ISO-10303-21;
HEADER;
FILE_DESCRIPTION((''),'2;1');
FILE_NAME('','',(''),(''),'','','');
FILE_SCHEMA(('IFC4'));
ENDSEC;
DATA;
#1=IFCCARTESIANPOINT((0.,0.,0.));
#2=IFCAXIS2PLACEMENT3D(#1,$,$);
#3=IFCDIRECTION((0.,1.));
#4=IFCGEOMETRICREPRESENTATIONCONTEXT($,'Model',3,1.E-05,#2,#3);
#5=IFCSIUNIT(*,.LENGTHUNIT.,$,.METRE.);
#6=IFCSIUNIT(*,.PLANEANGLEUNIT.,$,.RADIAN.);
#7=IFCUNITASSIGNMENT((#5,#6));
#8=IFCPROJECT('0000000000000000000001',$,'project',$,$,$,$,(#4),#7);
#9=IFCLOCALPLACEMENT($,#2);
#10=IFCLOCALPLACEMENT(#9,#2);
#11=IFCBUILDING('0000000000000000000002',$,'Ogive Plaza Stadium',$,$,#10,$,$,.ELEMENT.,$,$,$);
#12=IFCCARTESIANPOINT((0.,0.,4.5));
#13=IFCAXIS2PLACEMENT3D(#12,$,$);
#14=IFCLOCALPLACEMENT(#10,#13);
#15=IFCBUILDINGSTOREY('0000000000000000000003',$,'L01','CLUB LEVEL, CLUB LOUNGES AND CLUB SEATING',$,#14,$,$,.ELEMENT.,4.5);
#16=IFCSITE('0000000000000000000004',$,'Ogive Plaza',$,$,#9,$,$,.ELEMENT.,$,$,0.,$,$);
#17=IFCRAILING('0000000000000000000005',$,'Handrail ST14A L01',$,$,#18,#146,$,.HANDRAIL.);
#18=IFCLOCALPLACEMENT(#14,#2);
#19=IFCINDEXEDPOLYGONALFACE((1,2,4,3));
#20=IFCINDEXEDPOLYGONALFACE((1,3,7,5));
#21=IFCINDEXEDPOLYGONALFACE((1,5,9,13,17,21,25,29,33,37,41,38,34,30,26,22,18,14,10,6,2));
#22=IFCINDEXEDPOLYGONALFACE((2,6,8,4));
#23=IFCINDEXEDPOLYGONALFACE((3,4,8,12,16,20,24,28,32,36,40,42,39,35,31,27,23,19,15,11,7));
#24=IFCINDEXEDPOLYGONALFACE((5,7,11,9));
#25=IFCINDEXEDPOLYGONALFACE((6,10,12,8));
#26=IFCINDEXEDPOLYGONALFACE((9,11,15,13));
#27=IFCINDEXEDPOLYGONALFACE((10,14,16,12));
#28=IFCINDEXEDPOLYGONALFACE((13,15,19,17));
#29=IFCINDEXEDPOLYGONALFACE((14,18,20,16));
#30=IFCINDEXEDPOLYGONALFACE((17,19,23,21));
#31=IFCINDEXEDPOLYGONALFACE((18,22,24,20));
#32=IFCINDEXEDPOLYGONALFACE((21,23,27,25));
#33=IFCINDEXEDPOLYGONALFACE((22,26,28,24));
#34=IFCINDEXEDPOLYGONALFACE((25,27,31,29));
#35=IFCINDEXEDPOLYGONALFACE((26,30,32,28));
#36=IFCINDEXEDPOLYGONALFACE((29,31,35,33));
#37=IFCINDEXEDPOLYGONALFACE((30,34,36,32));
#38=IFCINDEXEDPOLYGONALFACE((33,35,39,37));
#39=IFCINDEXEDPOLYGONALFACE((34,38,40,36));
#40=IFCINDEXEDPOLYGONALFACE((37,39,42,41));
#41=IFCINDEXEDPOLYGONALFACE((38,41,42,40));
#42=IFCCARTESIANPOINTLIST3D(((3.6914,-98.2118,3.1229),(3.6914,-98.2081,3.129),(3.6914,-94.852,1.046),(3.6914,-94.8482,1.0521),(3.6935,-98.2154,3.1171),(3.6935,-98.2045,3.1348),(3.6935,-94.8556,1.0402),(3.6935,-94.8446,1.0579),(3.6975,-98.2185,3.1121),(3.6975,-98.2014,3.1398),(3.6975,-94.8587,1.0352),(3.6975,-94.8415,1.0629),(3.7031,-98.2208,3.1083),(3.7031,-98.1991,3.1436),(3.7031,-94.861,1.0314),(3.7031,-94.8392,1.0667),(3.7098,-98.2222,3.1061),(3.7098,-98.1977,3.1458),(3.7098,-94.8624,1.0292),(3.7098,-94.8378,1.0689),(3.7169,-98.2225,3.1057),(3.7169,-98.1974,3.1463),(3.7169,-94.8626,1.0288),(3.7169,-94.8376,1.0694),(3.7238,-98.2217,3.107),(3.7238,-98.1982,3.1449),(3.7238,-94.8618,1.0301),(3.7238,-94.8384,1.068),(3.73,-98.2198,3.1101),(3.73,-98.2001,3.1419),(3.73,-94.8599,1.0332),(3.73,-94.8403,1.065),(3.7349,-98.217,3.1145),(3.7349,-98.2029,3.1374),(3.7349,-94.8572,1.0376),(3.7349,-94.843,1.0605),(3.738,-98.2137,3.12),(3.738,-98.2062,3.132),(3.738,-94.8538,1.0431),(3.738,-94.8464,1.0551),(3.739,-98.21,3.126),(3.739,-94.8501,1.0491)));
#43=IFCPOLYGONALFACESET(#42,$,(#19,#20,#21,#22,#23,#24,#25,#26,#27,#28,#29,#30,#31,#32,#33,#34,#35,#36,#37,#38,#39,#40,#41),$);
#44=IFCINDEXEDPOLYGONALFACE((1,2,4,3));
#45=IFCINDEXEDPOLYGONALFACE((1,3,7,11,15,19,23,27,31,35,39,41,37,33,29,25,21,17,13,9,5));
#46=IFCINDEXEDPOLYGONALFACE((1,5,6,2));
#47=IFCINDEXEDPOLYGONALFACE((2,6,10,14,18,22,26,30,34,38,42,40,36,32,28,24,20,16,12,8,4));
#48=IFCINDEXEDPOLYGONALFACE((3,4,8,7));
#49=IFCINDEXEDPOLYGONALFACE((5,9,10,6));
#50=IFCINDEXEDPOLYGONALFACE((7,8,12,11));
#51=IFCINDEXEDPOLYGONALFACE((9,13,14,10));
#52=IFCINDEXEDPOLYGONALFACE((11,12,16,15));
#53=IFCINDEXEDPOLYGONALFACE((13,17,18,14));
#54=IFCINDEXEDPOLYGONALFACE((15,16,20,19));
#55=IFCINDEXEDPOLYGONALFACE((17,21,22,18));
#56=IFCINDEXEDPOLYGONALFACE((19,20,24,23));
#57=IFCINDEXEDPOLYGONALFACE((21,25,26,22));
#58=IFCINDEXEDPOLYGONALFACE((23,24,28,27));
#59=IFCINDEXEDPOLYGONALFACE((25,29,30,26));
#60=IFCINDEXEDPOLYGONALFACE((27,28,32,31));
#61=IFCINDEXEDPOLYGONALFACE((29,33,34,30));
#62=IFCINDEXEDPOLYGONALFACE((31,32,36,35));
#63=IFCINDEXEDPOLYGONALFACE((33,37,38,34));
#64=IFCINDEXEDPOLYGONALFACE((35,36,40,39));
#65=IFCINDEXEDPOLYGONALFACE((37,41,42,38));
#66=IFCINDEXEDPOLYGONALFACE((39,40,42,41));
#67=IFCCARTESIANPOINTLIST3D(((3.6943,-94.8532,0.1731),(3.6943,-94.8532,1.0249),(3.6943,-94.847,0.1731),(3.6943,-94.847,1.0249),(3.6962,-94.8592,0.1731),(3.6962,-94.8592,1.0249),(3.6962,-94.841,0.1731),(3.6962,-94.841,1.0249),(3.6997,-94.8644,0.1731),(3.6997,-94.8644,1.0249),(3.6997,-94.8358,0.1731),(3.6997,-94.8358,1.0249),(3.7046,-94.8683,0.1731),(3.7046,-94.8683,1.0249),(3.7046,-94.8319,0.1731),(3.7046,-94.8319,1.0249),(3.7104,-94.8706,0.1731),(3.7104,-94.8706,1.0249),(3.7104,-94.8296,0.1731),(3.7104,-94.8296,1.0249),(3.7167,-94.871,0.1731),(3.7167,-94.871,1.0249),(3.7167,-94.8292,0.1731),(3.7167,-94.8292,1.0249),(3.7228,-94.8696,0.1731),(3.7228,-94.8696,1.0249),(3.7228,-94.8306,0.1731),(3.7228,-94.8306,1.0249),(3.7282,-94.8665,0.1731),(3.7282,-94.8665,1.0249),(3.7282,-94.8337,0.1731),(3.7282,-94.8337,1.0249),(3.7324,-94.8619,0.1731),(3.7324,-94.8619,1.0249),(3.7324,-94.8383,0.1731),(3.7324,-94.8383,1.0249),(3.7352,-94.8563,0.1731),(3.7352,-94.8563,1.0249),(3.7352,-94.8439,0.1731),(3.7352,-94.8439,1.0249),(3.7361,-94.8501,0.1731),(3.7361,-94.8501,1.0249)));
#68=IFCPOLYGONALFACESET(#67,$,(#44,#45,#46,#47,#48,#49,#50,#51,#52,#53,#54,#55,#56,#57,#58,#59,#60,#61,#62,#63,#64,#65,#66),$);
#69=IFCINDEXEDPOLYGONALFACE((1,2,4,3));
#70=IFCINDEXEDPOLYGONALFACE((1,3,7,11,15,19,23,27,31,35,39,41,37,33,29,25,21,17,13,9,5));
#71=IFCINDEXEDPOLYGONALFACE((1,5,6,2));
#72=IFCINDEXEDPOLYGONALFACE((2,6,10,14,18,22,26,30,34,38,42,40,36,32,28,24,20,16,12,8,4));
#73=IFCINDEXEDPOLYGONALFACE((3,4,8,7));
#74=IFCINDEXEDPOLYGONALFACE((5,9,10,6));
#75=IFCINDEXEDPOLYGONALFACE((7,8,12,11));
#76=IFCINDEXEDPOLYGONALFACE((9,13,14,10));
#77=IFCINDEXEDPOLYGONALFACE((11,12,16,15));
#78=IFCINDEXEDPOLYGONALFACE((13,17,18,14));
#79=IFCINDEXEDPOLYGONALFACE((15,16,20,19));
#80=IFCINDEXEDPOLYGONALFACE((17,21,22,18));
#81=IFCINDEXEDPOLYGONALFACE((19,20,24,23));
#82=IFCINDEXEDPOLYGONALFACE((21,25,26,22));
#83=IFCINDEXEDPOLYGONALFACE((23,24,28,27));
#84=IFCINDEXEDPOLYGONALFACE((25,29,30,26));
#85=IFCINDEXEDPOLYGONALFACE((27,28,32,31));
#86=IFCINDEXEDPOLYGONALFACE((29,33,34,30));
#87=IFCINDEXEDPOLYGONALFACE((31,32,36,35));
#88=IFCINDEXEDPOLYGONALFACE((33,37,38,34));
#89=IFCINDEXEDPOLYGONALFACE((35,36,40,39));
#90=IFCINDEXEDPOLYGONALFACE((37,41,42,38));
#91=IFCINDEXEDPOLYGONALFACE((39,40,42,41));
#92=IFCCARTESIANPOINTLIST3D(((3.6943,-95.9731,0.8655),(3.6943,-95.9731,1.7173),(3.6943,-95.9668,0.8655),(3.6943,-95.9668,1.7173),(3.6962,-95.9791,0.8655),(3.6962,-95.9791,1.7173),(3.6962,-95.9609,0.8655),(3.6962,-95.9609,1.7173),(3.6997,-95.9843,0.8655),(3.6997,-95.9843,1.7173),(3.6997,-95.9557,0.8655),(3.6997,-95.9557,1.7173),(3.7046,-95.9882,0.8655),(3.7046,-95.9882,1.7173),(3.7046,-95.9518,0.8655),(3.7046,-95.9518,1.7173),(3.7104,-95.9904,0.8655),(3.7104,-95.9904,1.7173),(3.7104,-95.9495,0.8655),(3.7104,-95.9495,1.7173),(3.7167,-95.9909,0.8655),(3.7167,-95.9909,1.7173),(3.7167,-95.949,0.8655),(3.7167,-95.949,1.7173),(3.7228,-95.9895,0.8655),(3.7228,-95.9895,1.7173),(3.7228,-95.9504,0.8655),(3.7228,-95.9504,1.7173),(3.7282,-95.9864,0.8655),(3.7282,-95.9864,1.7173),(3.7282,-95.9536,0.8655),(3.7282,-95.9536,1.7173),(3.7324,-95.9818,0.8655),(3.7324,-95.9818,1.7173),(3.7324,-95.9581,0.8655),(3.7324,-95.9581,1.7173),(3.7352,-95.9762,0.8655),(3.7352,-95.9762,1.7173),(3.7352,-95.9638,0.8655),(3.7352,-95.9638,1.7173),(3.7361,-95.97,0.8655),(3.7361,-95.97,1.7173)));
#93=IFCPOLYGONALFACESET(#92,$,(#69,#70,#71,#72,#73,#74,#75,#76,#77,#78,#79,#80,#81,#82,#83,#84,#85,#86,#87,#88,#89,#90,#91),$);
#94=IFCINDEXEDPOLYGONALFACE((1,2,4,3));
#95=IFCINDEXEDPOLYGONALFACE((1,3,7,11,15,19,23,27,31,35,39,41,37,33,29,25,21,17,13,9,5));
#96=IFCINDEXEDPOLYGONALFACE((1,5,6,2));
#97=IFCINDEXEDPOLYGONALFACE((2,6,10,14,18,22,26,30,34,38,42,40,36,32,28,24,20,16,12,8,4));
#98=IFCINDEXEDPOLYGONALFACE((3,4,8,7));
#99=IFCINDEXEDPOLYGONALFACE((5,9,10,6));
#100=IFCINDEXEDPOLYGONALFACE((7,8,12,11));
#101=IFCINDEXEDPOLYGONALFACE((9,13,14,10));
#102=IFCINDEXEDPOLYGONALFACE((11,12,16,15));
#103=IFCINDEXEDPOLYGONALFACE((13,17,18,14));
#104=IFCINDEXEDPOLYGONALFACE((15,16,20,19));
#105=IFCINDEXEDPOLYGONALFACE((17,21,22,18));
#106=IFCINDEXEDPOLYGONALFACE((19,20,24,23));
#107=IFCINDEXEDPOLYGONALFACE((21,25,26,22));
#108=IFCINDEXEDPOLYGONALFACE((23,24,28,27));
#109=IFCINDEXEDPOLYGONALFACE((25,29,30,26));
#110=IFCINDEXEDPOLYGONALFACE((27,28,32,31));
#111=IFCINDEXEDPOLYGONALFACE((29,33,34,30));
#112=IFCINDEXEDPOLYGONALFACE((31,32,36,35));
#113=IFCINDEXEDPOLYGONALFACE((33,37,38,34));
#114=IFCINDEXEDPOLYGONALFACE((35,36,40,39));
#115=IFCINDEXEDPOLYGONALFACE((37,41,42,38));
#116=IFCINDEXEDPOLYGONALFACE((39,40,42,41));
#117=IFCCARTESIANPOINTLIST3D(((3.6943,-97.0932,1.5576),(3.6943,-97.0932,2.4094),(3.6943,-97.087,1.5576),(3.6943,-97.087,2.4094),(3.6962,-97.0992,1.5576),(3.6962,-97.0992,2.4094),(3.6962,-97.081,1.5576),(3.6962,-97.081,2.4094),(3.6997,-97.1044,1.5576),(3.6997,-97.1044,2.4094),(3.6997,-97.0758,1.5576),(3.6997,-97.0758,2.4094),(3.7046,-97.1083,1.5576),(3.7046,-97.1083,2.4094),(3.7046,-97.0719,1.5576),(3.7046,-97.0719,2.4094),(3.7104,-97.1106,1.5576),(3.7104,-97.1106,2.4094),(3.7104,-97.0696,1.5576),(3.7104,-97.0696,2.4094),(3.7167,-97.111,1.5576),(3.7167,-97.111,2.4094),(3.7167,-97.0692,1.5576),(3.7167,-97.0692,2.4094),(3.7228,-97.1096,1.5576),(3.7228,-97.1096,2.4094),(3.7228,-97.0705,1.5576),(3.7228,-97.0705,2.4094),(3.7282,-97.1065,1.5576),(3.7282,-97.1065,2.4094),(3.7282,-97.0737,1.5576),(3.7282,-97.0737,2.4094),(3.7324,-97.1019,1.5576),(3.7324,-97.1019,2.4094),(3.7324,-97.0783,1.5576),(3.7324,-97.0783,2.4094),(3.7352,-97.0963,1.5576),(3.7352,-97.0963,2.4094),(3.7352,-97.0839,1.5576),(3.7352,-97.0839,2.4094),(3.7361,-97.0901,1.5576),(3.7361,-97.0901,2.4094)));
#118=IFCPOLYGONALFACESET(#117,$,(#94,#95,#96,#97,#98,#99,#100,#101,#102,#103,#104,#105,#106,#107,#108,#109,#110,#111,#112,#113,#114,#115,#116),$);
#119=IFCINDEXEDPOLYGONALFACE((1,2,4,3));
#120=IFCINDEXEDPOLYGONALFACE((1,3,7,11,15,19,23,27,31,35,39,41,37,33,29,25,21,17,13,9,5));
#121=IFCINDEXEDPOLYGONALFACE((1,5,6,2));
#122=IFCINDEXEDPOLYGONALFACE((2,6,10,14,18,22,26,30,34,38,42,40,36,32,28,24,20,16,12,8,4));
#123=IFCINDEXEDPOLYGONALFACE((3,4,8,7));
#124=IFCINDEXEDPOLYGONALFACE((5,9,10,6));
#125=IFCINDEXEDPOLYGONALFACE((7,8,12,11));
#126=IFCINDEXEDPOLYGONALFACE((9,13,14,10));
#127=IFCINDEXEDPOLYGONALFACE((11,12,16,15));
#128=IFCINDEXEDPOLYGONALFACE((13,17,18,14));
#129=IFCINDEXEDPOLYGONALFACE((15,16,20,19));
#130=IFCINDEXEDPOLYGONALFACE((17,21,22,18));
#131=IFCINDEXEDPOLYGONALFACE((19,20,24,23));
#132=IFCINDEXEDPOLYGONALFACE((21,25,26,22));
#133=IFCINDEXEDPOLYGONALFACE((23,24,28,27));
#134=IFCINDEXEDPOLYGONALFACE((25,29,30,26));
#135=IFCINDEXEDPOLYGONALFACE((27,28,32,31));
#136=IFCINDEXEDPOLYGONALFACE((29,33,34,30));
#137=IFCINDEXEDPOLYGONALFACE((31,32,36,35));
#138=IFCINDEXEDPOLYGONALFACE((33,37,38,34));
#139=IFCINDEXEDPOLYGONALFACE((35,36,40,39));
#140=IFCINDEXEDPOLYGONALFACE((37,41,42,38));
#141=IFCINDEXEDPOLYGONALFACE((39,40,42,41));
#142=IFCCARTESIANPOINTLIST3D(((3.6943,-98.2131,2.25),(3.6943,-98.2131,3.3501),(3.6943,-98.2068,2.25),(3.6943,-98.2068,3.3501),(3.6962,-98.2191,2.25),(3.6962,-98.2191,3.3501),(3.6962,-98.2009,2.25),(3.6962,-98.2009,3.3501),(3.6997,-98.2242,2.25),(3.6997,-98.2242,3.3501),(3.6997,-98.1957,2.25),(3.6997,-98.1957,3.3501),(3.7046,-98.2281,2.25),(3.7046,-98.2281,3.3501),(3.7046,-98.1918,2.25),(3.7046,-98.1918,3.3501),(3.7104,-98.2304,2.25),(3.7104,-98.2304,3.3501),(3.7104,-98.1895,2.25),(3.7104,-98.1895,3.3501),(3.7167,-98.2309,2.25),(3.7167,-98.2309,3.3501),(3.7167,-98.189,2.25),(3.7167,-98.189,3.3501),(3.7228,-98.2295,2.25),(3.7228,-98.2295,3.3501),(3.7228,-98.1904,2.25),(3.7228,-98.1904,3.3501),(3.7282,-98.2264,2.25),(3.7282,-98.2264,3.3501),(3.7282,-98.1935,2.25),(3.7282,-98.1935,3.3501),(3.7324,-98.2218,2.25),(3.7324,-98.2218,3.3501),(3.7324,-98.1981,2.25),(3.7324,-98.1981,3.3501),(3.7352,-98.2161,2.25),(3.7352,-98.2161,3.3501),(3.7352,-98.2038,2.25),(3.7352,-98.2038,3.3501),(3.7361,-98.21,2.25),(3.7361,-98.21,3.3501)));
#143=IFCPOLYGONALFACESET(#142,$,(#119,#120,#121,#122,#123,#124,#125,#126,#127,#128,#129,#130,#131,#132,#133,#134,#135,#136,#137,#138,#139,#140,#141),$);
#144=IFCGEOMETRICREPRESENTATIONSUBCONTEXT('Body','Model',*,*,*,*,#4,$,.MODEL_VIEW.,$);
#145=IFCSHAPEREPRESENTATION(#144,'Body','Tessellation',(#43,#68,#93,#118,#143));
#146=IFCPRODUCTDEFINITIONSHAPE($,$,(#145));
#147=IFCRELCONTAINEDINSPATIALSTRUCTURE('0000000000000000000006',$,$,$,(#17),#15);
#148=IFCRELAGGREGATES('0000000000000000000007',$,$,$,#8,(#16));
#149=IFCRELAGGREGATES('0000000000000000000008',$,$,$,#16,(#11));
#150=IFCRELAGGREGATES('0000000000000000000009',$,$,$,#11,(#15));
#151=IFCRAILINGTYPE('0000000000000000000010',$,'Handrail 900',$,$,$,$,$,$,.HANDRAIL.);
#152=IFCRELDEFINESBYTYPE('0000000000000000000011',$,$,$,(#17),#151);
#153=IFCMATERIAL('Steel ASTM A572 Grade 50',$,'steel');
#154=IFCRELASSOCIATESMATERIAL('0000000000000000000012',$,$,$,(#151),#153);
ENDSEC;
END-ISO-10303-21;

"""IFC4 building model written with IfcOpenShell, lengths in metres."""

from ifc_helpers import new_model, si_unit, direction, frame, origin, origin_2d, place, context, subcontext, project, spatial, circle, extrude, material, type_object, element, save


model = new_model("IFC4")

# Units and contexts
model_context = context("Model", 3, precision=1e-05, world=origin(), true_north=direction((0.0, 1.0)))
body_context = subcontext(model_context, "Body", "Model", "MODEL_VIEW")
ifc_project = project(units=[si_unit("LENGTHUNIT", "METRE"), si_unit("PLANEANGLEUNIT", "RADIAN")], contexts=[model_context])

# Site, building, storey
site_placement = place(None, origin())
site = spatial("IfcSite", under=ifc_project, at=site_placement, Name="Ogive Plaza", CompositionType="ELEMENT", RefElevation=0.0)
building_placement = place(site_placement, origin())
building = spatial("IfcBuilding", under=site, at=building_placement, Name="Ogive Plaza Stadium", CompositionType="ELEMENT")
storey_placement = place(building_placement, frame((0.0, 0.0, 4.5)))
storey = spatial("IfcBuildingStorey", under=building, at=storey_placement, Name="L01", Description="CLUB LEVEL, CLUB LOUNGES AND CLUB SEATING", CompositionType="ELEMENT", Elevation=4.5)

# Railing
ifc_material_1 = material(Name="Steel ASTM A572 Grade 50", Category="steel")
railing_type_1 = type_object("IfcRailingType", Name="Handrail 900", PredefinedType="HANDRAIL", material=ifc_material_1)
for number, where, name in (
    (1, (3.7151, -94.8501, 0.1731), "Handrail ST14A L01"),
):
    element("IfcRailing", number, at=place(storey_placement, frame(where)), inside=storey, type_object=railing_type_1, Name=name, PredefinedType="HANDRAIL", context=body_context, shape_type="SweptSolid", body=[
        extrude(circle(Radius=0.0239, at=origin_2d()), frame((0.0, 0.0, 0.876), z_axis=(0.0, -0.850606, 0.525803), x_axis=(1.0, 0.0, 0.0)), (0.0, 0.0, 1.0), 3.95),
        extrude(circle(Radius=0.021, at=origin_2d()), origin(), (0.0, 0.0, 1.0), 0.8518),
        extrude(circle(Radius=0.021, at=origin_2d()), frame((0.0, -1.1199, 0.6924)), (0.0, 0.0, 1.0), 0.8518),
        extrude(circle(Radius=0.021, at=origin_2d()), frame((0.0, -2.24, 1.3845)), (0.0, 0.0, 1.0), 0.8518),
        extrude(circle(Radius=0.021, at=origin_2d()), frame((0.0, -3.3599, 2.0769)), (0.0, 0.0, 1.0), 1.1001),
    ])

save(model, "model.ifc")
